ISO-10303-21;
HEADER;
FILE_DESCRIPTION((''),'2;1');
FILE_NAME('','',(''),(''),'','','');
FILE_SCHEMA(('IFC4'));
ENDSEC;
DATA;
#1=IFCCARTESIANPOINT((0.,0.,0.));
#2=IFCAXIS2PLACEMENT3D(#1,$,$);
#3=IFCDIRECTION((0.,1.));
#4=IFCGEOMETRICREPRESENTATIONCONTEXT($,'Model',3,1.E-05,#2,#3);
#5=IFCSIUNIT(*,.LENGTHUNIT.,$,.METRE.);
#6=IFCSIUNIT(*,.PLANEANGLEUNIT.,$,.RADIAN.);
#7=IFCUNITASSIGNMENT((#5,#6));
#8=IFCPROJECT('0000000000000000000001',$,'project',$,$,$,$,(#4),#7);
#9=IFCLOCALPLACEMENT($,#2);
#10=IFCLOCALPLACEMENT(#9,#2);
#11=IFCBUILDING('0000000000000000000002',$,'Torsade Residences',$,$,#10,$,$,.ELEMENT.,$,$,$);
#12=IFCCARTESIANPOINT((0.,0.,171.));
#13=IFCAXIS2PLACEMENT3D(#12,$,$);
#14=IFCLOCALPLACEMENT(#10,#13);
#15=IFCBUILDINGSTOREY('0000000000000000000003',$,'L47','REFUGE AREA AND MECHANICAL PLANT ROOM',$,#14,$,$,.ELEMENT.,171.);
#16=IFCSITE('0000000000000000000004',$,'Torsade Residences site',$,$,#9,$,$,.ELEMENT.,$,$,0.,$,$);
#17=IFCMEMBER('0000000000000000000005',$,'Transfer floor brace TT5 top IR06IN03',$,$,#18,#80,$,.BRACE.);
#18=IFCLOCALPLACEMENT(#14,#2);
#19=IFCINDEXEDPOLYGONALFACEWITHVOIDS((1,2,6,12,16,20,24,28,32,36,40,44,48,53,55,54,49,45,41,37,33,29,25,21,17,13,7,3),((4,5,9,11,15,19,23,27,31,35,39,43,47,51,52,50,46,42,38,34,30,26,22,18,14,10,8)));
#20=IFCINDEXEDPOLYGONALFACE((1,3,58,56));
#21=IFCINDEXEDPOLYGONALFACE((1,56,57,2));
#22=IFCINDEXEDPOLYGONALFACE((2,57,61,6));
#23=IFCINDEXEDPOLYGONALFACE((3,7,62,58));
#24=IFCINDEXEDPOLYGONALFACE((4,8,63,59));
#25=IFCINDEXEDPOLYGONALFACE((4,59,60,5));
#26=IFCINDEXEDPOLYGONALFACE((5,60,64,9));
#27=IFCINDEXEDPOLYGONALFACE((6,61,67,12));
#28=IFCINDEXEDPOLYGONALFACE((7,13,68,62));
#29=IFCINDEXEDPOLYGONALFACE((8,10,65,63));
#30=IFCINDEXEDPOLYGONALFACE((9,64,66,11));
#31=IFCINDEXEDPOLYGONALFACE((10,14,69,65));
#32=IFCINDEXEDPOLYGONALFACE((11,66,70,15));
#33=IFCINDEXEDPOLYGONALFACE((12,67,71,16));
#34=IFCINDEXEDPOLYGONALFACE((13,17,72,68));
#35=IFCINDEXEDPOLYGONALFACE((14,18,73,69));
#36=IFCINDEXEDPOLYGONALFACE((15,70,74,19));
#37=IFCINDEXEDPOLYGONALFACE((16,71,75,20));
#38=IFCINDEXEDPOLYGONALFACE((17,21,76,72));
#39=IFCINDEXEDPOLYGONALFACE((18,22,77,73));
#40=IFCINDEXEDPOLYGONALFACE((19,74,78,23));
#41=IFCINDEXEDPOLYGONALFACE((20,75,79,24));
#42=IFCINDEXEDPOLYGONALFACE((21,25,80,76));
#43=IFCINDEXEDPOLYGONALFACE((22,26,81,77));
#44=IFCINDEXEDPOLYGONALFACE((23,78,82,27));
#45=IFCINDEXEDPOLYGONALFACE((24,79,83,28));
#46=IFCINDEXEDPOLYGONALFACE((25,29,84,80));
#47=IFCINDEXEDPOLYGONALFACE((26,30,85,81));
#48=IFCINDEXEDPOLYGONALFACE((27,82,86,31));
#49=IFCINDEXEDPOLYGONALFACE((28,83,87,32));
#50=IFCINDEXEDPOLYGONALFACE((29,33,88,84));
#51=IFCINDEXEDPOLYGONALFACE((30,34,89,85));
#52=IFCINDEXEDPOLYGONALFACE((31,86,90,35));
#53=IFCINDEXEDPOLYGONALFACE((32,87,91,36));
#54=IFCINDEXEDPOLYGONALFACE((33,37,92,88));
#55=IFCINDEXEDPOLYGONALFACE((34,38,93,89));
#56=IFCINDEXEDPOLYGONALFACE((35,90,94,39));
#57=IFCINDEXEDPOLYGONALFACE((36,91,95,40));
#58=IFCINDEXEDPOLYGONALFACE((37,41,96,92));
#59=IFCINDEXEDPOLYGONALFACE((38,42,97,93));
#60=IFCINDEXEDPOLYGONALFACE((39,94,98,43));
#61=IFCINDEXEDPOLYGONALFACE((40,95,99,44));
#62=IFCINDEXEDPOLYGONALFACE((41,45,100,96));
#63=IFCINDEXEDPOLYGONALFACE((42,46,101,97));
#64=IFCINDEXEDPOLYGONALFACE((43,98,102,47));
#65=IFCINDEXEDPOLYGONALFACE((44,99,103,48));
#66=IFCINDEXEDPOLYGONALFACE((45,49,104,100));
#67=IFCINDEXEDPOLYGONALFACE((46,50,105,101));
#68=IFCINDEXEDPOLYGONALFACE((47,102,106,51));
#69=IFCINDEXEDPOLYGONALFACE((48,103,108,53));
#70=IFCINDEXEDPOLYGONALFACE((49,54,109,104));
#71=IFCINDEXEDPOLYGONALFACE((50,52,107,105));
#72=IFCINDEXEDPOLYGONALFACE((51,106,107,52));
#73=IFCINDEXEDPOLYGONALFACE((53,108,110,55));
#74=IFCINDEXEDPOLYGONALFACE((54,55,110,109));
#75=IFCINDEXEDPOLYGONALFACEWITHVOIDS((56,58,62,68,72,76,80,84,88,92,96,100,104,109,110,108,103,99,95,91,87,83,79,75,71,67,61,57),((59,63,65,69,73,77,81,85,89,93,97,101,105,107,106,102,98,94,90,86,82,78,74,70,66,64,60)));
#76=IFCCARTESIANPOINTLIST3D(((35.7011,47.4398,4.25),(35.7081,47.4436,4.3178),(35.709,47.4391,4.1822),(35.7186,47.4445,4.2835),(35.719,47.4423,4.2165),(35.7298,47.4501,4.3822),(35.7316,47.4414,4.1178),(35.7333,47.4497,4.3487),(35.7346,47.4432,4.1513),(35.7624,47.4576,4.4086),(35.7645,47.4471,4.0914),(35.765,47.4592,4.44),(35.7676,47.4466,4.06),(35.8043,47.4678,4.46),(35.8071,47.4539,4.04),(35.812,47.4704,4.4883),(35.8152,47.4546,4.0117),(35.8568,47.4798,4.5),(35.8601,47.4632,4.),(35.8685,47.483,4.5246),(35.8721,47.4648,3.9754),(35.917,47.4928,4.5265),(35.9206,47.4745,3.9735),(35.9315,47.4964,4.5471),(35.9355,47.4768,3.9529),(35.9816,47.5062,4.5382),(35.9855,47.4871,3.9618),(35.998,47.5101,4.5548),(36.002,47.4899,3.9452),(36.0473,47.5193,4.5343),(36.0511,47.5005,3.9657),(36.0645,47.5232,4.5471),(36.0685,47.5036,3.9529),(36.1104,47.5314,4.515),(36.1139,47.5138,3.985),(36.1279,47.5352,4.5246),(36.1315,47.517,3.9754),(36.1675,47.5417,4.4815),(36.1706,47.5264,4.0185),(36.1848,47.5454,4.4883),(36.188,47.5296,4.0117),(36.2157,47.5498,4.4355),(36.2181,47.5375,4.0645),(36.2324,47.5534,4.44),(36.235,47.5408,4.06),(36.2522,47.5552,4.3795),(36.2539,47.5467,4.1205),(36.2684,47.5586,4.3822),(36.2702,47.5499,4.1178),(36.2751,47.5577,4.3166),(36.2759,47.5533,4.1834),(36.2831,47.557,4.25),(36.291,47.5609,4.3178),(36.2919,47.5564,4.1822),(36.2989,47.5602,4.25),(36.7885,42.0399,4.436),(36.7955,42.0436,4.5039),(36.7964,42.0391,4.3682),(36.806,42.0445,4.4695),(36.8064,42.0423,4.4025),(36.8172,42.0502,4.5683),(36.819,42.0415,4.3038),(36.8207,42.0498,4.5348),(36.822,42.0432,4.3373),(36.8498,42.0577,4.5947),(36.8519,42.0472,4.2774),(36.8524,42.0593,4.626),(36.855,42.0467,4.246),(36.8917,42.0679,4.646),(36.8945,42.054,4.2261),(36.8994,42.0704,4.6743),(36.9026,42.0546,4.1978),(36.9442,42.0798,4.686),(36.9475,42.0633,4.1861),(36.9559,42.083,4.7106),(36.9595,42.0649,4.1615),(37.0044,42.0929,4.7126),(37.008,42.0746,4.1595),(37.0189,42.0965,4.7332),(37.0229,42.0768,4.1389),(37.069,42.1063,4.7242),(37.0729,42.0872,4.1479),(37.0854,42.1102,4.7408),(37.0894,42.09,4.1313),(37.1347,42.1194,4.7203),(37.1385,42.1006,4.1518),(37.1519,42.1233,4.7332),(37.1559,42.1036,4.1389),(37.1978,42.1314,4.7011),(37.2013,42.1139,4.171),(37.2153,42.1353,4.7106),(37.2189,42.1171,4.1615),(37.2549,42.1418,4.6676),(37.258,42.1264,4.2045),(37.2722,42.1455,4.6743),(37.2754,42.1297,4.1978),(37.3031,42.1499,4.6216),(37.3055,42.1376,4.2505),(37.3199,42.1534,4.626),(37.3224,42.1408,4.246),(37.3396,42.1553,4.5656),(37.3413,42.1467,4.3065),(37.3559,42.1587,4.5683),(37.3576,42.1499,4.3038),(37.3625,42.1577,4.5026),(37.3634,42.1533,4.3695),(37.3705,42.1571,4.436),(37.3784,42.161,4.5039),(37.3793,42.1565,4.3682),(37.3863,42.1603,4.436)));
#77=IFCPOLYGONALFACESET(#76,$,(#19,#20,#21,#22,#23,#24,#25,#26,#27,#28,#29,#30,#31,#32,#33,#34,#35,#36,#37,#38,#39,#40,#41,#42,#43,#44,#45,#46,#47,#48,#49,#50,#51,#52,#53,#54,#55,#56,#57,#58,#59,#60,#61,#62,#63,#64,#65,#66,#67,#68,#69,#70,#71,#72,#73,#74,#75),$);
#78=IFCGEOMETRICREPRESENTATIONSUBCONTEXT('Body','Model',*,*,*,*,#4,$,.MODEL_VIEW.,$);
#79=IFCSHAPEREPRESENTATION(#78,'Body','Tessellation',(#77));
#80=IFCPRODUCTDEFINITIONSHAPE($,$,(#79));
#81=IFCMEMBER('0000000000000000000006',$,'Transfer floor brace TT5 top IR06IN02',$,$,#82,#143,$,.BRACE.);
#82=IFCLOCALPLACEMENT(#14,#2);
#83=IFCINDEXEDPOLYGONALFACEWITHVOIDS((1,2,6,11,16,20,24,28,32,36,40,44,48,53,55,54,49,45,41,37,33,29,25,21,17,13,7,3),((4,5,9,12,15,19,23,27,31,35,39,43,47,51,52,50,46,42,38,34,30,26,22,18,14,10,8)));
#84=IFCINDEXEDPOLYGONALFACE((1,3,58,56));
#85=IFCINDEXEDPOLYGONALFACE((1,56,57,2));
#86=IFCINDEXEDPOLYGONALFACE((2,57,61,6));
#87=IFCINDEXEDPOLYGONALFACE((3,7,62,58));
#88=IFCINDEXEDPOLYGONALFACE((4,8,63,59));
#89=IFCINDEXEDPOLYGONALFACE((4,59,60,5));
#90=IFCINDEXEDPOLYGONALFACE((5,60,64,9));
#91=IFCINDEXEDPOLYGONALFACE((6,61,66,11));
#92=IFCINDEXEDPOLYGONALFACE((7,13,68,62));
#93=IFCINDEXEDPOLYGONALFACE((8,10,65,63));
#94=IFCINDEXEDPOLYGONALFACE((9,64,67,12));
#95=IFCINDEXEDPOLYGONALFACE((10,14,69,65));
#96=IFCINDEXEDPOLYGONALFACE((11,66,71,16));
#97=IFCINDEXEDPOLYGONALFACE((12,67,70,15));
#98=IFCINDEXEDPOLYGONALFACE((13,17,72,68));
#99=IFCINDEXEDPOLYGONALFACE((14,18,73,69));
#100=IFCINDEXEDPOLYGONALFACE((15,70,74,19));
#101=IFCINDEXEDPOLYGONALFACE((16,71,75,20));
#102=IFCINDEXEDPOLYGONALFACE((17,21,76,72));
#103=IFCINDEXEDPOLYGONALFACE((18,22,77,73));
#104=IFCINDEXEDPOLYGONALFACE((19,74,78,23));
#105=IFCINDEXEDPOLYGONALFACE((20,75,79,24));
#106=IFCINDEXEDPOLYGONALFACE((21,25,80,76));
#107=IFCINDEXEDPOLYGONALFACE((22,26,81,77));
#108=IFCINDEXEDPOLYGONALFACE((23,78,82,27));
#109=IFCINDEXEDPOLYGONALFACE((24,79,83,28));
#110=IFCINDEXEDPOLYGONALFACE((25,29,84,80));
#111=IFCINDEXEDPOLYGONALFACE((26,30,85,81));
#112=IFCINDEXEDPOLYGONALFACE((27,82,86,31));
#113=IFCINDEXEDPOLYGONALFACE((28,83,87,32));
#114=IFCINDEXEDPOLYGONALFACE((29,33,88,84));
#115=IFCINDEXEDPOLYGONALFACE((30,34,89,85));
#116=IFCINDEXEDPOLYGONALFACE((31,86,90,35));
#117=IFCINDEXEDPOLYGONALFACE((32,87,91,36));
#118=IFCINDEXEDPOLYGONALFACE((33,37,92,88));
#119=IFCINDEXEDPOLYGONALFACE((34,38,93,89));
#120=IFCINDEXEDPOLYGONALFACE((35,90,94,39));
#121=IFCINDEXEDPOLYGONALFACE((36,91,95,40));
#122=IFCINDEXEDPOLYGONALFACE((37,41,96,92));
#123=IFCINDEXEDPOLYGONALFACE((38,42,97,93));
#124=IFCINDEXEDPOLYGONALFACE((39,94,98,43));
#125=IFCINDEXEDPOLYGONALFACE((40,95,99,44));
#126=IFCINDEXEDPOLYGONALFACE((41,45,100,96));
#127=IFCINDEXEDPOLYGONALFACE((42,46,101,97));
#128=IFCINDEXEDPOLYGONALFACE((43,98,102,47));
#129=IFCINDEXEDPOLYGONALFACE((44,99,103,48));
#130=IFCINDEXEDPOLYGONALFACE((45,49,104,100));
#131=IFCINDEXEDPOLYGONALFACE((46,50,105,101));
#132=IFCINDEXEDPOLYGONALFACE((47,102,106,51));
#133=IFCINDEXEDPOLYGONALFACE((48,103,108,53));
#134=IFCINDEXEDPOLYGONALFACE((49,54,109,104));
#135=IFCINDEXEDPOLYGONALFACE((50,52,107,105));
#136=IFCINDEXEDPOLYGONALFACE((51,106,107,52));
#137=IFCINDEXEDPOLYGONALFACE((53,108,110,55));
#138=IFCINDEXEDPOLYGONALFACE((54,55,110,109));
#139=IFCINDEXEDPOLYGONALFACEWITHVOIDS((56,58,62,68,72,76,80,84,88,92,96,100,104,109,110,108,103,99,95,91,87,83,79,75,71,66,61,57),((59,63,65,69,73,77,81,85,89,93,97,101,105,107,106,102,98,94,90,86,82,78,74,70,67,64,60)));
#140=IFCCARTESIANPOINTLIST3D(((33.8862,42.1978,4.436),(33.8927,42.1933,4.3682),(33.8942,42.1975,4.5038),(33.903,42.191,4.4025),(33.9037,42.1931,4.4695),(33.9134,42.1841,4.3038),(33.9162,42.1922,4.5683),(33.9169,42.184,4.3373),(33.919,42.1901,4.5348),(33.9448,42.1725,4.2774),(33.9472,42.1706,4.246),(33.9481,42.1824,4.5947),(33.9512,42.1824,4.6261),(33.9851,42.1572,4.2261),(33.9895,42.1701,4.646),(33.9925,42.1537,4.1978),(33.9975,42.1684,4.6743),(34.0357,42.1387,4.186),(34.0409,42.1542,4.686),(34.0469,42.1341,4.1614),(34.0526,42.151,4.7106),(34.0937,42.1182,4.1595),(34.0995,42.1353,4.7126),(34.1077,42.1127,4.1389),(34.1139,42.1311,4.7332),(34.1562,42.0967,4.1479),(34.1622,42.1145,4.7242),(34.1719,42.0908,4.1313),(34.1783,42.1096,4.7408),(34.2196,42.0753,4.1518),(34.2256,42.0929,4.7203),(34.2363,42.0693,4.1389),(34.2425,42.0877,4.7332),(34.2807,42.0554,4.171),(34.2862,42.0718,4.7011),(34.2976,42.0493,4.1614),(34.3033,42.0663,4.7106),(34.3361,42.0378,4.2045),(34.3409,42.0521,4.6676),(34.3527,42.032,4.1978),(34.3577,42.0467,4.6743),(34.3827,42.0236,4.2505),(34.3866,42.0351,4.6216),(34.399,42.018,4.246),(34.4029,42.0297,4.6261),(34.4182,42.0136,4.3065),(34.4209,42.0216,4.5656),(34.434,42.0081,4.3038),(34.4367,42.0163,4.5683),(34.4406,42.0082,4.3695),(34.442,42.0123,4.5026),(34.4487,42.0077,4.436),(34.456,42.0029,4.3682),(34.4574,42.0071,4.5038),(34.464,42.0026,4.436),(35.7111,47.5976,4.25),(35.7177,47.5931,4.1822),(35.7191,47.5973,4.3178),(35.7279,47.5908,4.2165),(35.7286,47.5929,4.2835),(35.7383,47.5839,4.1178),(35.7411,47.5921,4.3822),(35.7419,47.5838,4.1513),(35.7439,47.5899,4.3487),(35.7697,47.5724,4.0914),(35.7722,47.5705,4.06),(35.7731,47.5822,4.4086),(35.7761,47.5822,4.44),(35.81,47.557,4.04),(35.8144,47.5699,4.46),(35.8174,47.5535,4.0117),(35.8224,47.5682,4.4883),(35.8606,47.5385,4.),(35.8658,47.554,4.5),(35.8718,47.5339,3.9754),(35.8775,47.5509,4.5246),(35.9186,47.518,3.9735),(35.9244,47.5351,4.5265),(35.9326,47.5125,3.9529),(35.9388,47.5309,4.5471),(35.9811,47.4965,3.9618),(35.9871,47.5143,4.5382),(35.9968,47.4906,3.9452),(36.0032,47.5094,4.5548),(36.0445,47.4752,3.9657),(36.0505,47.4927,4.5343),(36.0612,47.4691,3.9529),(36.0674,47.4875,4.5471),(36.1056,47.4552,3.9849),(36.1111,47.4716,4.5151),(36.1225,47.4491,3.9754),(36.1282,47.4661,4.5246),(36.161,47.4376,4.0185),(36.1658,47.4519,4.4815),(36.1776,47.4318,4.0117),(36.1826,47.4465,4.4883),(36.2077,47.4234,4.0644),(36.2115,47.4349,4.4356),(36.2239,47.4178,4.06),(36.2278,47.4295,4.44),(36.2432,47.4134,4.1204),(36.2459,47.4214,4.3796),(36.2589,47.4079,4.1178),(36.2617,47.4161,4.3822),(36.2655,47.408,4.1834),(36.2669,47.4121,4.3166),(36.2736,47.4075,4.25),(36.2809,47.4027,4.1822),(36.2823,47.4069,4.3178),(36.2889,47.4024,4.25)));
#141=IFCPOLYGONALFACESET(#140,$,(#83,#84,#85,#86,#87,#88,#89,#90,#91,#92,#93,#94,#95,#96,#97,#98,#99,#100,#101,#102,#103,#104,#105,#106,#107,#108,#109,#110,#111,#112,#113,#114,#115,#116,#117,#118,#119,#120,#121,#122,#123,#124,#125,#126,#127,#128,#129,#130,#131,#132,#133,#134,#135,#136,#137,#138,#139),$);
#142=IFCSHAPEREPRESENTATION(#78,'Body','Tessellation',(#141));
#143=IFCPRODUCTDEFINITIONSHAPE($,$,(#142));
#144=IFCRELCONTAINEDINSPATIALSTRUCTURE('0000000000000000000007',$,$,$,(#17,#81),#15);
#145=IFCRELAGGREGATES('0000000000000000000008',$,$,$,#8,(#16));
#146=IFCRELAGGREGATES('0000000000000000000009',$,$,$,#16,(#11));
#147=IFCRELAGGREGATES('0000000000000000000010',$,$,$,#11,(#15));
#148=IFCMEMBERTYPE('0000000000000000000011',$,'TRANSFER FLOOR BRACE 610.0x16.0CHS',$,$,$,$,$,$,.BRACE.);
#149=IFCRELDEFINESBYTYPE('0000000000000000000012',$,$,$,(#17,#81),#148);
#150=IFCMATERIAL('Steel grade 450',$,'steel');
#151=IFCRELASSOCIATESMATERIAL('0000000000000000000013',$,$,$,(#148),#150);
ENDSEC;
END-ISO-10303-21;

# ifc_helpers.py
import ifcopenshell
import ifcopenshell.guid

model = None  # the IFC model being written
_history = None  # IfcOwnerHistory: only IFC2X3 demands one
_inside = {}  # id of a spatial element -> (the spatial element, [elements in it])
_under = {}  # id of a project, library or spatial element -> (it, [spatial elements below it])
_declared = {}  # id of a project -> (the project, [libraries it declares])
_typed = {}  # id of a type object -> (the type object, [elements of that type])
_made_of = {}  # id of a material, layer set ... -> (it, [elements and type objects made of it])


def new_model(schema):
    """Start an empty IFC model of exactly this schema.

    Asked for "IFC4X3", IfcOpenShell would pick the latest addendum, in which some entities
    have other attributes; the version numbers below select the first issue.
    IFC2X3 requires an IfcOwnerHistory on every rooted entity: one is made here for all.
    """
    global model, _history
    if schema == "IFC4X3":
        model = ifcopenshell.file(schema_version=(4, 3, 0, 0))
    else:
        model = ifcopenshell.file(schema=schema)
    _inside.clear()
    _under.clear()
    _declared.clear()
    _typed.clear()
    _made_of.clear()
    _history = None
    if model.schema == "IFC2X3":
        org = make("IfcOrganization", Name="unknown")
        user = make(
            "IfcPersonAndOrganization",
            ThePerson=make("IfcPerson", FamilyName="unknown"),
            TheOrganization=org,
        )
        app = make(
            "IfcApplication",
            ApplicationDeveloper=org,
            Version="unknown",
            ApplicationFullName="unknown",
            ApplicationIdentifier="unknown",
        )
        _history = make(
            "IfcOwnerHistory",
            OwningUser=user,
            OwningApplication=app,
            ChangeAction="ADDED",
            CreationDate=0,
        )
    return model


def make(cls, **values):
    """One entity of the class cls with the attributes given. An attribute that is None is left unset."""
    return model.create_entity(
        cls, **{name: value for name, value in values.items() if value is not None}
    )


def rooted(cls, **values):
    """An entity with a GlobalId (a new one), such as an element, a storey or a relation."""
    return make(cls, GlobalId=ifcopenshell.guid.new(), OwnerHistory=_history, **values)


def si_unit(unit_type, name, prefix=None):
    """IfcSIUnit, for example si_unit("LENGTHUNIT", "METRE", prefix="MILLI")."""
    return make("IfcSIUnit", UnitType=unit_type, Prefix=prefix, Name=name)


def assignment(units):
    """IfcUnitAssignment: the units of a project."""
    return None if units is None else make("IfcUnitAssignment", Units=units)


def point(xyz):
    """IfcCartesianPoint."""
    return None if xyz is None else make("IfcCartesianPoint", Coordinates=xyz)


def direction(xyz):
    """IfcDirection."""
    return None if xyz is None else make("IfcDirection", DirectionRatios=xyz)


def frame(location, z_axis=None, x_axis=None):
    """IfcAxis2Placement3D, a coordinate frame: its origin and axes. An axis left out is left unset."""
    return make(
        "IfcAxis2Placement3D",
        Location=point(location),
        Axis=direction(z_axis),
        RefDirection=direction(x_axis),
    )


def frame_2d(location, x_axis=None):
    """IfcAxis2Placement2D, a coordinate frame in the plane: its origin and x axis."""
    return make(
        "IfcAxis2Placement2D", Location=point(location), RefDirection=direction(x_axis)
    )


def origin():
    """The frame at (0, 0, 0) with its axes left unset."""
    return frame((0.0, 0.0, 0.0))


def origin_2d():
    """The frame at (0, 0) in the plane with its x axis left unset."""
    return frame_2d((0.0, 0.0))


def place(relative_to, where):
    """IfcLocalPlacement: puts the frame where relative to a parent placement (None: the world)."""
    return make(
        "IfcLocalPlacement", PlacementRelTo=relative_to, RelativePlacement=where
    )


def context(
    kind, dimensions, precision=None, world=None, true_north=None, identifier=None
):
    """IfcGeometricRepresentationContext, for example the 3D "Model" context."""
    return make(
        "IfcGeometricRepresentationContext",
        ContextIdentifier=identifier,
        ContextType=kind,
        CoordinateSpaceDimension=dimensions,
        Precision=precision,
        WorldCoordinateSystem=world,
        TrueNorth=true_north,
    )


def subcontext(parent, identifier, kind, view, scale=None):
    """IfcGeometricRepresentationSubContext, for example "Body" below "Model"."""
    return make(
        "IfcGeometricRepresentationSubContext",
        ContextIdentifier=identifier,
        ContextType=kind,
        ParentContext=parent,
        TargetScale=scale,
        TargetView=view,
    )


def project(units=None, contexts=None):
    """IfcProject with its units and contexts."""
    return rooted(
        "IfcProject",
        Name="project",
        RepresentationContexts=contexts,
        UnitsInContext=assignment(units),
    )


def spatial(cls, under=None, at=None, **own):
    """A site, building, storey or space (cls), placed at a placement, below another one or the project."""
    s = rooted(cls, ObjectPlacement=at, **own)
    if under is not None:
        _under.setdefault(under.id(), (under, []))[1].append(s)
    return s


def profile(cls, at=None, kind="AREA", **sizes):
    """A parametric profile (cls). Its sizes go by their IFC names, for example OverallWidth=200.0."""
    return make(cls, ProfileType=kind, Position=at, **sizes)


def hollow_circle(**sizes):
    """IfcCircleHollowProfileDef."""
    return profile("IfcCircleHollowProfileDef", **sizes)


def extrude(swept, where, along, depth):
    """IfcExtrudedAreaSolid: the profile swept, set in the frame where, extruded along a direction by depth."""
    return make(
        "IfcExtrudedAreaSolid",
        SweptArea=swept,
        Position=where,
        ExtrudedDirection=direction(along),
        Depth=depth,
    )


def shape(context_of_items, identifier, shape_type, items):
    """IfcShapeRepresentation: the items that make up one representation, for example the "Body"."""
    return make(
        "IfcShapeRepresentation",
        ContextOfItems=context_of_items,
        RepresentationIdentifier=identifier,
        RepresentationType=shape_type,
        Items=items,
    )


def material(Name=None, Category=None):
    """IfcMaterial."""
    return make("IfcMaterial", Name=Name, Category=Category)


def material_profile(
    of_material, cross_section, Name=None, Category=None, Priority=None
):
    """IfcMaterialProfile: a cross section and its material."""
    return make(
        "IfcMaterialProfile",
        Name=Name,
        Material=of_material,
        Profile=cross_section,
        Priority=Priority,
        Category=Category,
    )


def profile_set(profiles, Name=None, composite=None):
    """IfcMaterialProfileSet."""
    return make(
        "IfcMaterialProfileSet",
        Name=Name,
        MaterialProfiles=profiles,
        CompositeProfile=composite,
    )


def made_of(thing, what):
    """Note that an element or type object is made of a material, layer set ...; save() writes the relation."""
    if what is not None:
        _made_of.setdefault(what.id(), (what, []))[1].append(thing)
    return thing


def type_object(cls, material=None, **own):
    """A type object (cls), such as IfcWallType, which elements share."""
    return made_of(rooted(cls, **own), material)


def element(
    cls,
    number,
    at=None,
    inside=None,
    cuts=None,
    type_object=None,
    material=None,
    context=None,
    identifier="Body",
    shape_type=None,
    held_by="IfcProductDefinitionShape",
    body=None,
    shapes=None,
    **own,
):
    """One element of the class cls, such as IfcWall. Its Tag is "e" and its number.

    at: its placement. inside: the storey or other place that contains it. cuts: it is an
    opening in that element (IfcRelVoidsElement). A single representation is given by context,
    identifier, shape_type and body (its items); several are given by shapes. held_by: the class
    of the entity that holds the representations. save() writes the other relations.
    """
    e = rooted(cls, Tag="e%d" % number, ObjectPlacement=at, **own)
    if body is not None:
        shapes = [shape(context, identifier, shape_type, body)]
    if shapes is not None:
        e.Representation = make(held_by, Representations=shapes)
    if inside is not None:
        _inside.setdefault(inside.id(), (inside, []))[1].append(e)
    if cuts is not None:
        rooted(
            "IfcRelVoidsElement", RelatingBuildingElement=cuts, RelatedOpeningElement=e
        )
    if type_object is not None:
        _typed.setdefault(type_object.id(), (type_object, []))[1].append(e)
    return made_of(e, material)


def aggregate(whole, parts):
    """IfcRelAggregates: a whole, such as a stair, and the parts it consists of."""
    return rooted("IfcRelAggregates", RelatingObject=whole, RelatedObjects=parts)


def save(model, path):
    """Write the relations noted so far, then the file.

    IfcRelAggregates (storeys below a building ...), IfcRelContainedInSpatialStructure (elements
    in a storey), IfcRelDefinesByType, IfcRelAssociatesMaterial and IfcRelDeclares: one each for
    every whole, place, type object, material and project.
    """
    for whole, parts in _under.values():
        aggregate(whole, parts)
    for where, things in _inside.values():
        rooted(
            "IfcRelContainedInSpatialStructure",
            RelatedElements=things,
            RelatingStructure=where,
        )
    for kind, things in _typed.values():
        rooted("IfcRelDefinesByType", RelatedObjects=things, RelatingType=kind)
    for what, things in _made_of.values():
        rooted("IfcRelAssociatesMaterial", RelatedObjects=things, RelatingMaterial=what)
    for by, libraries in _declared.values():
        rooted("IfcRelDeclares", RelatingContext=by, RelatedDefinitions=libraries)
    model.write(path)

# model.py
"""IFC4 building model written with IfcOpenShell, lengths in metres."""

from ifc_helpers import new_model, si_unit, direction, frame, origin, origin_2d, place, context, subcontext, project, spatial, hollow_circle, extrude, material, material_profile, profile_set, type_object, element, save


model = new_model("IFC4")

# Units and contexts
model_context = context("Model", 3, precision=1e-05, world=origin(), true_north=direction((0.0, 1.0)))
body_context = subcontext(model_context, "Body", "Model", "MODEL_VIEW")
ifc_project = project(units=[si_unit("LENGTHUNIT", "METRE"), si_unit("PLANEANGLEUNIT", "RADIAN")], contexts=[model_context])

# Site, building, storey
site_placement = place(None, origin())
site = spatial("IfcSite", under=ifc_project, at=site_placement, Name="Torsade Residences site", CompositionType="ELEMENT", RefElevation=0.0)
building_placement = place(site_placement, origin())
building = spatial("IfcBuilding", under=site, at=building_placement, Name="Torsade Residences", CompositionType="ELEMENT")
storey_placement = place(building_placement, frame((0.0, 0.0, 171.0)))
storey = spatial("IfcBuildingStorey", under=building, at=storey_placement, Name="L47", Description="REFUGE AREA AND MECHANICAL PLANT ROOM", CompositionType="ELEMENT", Elevation=171.0)

# Members
ifc_material_1 = material(Name="Steel grade 450", Category="steel")
ifc_material_profile_1 = material_profile(ifc_material_1, hollow_circle(Radius=0.3049, WallThickness=0.0161, at=origin_2d()), Name="610.0x16.0CHS")
ifc_profile_set_1 = profile_set([ifc_material_profile_1], Name="Steel grade 450")
member_type_1 = type_object("IfcMemberType", Name="TRANSFER FLOOR BRACE 610.0x16.0CHS", PredefinedType="BRACE", material=ifc_profile_set_1)
member_1_placement = place(storey_placement, frame((36.0, 47.5, 4.25), z_axis=(0.197299, -0.979762, 0.033754), x_axis=(0.980321, 0.197412, 0.0)))
element("IfcMember", 1, at=member_1_placement, inside=storey, type_object=member_type_1, Name="Transfer floor brace TT5 top IR06IN03", PredefinedType="BRACE", context=body_context, shape_type="SweptSolid", body=[
    extrude(hollow_circle(Radius=0.3049, WallThickness=0.0161, at=origin_2d()), origin(), (0.0, 0.0, 1.0), 5.5115),
])
member_2_placement = place(storey_placement, frame((36.0, 47.5, 4.25), z_axis=(-0.319999, -0.946856, 0.032621), x_axis=(0.94736, -0.32017, 0.0)))
element("IfcMember", 2, at=member_2_placement, inside=storey, type_object=member_type_1, Name="Transfer floor brace TT5 top IR06IN02", PredefinedType="BRACE", context=body_context, shape_type="SweptSolid", body=[
    extrude(hollow_circle(Radius=0.3049, WallThickness=0.0161, at=origin_2d()), origin(), (0.0, 0.0, 1.0), 5.7029),
])

save(model, "model.ifc")
